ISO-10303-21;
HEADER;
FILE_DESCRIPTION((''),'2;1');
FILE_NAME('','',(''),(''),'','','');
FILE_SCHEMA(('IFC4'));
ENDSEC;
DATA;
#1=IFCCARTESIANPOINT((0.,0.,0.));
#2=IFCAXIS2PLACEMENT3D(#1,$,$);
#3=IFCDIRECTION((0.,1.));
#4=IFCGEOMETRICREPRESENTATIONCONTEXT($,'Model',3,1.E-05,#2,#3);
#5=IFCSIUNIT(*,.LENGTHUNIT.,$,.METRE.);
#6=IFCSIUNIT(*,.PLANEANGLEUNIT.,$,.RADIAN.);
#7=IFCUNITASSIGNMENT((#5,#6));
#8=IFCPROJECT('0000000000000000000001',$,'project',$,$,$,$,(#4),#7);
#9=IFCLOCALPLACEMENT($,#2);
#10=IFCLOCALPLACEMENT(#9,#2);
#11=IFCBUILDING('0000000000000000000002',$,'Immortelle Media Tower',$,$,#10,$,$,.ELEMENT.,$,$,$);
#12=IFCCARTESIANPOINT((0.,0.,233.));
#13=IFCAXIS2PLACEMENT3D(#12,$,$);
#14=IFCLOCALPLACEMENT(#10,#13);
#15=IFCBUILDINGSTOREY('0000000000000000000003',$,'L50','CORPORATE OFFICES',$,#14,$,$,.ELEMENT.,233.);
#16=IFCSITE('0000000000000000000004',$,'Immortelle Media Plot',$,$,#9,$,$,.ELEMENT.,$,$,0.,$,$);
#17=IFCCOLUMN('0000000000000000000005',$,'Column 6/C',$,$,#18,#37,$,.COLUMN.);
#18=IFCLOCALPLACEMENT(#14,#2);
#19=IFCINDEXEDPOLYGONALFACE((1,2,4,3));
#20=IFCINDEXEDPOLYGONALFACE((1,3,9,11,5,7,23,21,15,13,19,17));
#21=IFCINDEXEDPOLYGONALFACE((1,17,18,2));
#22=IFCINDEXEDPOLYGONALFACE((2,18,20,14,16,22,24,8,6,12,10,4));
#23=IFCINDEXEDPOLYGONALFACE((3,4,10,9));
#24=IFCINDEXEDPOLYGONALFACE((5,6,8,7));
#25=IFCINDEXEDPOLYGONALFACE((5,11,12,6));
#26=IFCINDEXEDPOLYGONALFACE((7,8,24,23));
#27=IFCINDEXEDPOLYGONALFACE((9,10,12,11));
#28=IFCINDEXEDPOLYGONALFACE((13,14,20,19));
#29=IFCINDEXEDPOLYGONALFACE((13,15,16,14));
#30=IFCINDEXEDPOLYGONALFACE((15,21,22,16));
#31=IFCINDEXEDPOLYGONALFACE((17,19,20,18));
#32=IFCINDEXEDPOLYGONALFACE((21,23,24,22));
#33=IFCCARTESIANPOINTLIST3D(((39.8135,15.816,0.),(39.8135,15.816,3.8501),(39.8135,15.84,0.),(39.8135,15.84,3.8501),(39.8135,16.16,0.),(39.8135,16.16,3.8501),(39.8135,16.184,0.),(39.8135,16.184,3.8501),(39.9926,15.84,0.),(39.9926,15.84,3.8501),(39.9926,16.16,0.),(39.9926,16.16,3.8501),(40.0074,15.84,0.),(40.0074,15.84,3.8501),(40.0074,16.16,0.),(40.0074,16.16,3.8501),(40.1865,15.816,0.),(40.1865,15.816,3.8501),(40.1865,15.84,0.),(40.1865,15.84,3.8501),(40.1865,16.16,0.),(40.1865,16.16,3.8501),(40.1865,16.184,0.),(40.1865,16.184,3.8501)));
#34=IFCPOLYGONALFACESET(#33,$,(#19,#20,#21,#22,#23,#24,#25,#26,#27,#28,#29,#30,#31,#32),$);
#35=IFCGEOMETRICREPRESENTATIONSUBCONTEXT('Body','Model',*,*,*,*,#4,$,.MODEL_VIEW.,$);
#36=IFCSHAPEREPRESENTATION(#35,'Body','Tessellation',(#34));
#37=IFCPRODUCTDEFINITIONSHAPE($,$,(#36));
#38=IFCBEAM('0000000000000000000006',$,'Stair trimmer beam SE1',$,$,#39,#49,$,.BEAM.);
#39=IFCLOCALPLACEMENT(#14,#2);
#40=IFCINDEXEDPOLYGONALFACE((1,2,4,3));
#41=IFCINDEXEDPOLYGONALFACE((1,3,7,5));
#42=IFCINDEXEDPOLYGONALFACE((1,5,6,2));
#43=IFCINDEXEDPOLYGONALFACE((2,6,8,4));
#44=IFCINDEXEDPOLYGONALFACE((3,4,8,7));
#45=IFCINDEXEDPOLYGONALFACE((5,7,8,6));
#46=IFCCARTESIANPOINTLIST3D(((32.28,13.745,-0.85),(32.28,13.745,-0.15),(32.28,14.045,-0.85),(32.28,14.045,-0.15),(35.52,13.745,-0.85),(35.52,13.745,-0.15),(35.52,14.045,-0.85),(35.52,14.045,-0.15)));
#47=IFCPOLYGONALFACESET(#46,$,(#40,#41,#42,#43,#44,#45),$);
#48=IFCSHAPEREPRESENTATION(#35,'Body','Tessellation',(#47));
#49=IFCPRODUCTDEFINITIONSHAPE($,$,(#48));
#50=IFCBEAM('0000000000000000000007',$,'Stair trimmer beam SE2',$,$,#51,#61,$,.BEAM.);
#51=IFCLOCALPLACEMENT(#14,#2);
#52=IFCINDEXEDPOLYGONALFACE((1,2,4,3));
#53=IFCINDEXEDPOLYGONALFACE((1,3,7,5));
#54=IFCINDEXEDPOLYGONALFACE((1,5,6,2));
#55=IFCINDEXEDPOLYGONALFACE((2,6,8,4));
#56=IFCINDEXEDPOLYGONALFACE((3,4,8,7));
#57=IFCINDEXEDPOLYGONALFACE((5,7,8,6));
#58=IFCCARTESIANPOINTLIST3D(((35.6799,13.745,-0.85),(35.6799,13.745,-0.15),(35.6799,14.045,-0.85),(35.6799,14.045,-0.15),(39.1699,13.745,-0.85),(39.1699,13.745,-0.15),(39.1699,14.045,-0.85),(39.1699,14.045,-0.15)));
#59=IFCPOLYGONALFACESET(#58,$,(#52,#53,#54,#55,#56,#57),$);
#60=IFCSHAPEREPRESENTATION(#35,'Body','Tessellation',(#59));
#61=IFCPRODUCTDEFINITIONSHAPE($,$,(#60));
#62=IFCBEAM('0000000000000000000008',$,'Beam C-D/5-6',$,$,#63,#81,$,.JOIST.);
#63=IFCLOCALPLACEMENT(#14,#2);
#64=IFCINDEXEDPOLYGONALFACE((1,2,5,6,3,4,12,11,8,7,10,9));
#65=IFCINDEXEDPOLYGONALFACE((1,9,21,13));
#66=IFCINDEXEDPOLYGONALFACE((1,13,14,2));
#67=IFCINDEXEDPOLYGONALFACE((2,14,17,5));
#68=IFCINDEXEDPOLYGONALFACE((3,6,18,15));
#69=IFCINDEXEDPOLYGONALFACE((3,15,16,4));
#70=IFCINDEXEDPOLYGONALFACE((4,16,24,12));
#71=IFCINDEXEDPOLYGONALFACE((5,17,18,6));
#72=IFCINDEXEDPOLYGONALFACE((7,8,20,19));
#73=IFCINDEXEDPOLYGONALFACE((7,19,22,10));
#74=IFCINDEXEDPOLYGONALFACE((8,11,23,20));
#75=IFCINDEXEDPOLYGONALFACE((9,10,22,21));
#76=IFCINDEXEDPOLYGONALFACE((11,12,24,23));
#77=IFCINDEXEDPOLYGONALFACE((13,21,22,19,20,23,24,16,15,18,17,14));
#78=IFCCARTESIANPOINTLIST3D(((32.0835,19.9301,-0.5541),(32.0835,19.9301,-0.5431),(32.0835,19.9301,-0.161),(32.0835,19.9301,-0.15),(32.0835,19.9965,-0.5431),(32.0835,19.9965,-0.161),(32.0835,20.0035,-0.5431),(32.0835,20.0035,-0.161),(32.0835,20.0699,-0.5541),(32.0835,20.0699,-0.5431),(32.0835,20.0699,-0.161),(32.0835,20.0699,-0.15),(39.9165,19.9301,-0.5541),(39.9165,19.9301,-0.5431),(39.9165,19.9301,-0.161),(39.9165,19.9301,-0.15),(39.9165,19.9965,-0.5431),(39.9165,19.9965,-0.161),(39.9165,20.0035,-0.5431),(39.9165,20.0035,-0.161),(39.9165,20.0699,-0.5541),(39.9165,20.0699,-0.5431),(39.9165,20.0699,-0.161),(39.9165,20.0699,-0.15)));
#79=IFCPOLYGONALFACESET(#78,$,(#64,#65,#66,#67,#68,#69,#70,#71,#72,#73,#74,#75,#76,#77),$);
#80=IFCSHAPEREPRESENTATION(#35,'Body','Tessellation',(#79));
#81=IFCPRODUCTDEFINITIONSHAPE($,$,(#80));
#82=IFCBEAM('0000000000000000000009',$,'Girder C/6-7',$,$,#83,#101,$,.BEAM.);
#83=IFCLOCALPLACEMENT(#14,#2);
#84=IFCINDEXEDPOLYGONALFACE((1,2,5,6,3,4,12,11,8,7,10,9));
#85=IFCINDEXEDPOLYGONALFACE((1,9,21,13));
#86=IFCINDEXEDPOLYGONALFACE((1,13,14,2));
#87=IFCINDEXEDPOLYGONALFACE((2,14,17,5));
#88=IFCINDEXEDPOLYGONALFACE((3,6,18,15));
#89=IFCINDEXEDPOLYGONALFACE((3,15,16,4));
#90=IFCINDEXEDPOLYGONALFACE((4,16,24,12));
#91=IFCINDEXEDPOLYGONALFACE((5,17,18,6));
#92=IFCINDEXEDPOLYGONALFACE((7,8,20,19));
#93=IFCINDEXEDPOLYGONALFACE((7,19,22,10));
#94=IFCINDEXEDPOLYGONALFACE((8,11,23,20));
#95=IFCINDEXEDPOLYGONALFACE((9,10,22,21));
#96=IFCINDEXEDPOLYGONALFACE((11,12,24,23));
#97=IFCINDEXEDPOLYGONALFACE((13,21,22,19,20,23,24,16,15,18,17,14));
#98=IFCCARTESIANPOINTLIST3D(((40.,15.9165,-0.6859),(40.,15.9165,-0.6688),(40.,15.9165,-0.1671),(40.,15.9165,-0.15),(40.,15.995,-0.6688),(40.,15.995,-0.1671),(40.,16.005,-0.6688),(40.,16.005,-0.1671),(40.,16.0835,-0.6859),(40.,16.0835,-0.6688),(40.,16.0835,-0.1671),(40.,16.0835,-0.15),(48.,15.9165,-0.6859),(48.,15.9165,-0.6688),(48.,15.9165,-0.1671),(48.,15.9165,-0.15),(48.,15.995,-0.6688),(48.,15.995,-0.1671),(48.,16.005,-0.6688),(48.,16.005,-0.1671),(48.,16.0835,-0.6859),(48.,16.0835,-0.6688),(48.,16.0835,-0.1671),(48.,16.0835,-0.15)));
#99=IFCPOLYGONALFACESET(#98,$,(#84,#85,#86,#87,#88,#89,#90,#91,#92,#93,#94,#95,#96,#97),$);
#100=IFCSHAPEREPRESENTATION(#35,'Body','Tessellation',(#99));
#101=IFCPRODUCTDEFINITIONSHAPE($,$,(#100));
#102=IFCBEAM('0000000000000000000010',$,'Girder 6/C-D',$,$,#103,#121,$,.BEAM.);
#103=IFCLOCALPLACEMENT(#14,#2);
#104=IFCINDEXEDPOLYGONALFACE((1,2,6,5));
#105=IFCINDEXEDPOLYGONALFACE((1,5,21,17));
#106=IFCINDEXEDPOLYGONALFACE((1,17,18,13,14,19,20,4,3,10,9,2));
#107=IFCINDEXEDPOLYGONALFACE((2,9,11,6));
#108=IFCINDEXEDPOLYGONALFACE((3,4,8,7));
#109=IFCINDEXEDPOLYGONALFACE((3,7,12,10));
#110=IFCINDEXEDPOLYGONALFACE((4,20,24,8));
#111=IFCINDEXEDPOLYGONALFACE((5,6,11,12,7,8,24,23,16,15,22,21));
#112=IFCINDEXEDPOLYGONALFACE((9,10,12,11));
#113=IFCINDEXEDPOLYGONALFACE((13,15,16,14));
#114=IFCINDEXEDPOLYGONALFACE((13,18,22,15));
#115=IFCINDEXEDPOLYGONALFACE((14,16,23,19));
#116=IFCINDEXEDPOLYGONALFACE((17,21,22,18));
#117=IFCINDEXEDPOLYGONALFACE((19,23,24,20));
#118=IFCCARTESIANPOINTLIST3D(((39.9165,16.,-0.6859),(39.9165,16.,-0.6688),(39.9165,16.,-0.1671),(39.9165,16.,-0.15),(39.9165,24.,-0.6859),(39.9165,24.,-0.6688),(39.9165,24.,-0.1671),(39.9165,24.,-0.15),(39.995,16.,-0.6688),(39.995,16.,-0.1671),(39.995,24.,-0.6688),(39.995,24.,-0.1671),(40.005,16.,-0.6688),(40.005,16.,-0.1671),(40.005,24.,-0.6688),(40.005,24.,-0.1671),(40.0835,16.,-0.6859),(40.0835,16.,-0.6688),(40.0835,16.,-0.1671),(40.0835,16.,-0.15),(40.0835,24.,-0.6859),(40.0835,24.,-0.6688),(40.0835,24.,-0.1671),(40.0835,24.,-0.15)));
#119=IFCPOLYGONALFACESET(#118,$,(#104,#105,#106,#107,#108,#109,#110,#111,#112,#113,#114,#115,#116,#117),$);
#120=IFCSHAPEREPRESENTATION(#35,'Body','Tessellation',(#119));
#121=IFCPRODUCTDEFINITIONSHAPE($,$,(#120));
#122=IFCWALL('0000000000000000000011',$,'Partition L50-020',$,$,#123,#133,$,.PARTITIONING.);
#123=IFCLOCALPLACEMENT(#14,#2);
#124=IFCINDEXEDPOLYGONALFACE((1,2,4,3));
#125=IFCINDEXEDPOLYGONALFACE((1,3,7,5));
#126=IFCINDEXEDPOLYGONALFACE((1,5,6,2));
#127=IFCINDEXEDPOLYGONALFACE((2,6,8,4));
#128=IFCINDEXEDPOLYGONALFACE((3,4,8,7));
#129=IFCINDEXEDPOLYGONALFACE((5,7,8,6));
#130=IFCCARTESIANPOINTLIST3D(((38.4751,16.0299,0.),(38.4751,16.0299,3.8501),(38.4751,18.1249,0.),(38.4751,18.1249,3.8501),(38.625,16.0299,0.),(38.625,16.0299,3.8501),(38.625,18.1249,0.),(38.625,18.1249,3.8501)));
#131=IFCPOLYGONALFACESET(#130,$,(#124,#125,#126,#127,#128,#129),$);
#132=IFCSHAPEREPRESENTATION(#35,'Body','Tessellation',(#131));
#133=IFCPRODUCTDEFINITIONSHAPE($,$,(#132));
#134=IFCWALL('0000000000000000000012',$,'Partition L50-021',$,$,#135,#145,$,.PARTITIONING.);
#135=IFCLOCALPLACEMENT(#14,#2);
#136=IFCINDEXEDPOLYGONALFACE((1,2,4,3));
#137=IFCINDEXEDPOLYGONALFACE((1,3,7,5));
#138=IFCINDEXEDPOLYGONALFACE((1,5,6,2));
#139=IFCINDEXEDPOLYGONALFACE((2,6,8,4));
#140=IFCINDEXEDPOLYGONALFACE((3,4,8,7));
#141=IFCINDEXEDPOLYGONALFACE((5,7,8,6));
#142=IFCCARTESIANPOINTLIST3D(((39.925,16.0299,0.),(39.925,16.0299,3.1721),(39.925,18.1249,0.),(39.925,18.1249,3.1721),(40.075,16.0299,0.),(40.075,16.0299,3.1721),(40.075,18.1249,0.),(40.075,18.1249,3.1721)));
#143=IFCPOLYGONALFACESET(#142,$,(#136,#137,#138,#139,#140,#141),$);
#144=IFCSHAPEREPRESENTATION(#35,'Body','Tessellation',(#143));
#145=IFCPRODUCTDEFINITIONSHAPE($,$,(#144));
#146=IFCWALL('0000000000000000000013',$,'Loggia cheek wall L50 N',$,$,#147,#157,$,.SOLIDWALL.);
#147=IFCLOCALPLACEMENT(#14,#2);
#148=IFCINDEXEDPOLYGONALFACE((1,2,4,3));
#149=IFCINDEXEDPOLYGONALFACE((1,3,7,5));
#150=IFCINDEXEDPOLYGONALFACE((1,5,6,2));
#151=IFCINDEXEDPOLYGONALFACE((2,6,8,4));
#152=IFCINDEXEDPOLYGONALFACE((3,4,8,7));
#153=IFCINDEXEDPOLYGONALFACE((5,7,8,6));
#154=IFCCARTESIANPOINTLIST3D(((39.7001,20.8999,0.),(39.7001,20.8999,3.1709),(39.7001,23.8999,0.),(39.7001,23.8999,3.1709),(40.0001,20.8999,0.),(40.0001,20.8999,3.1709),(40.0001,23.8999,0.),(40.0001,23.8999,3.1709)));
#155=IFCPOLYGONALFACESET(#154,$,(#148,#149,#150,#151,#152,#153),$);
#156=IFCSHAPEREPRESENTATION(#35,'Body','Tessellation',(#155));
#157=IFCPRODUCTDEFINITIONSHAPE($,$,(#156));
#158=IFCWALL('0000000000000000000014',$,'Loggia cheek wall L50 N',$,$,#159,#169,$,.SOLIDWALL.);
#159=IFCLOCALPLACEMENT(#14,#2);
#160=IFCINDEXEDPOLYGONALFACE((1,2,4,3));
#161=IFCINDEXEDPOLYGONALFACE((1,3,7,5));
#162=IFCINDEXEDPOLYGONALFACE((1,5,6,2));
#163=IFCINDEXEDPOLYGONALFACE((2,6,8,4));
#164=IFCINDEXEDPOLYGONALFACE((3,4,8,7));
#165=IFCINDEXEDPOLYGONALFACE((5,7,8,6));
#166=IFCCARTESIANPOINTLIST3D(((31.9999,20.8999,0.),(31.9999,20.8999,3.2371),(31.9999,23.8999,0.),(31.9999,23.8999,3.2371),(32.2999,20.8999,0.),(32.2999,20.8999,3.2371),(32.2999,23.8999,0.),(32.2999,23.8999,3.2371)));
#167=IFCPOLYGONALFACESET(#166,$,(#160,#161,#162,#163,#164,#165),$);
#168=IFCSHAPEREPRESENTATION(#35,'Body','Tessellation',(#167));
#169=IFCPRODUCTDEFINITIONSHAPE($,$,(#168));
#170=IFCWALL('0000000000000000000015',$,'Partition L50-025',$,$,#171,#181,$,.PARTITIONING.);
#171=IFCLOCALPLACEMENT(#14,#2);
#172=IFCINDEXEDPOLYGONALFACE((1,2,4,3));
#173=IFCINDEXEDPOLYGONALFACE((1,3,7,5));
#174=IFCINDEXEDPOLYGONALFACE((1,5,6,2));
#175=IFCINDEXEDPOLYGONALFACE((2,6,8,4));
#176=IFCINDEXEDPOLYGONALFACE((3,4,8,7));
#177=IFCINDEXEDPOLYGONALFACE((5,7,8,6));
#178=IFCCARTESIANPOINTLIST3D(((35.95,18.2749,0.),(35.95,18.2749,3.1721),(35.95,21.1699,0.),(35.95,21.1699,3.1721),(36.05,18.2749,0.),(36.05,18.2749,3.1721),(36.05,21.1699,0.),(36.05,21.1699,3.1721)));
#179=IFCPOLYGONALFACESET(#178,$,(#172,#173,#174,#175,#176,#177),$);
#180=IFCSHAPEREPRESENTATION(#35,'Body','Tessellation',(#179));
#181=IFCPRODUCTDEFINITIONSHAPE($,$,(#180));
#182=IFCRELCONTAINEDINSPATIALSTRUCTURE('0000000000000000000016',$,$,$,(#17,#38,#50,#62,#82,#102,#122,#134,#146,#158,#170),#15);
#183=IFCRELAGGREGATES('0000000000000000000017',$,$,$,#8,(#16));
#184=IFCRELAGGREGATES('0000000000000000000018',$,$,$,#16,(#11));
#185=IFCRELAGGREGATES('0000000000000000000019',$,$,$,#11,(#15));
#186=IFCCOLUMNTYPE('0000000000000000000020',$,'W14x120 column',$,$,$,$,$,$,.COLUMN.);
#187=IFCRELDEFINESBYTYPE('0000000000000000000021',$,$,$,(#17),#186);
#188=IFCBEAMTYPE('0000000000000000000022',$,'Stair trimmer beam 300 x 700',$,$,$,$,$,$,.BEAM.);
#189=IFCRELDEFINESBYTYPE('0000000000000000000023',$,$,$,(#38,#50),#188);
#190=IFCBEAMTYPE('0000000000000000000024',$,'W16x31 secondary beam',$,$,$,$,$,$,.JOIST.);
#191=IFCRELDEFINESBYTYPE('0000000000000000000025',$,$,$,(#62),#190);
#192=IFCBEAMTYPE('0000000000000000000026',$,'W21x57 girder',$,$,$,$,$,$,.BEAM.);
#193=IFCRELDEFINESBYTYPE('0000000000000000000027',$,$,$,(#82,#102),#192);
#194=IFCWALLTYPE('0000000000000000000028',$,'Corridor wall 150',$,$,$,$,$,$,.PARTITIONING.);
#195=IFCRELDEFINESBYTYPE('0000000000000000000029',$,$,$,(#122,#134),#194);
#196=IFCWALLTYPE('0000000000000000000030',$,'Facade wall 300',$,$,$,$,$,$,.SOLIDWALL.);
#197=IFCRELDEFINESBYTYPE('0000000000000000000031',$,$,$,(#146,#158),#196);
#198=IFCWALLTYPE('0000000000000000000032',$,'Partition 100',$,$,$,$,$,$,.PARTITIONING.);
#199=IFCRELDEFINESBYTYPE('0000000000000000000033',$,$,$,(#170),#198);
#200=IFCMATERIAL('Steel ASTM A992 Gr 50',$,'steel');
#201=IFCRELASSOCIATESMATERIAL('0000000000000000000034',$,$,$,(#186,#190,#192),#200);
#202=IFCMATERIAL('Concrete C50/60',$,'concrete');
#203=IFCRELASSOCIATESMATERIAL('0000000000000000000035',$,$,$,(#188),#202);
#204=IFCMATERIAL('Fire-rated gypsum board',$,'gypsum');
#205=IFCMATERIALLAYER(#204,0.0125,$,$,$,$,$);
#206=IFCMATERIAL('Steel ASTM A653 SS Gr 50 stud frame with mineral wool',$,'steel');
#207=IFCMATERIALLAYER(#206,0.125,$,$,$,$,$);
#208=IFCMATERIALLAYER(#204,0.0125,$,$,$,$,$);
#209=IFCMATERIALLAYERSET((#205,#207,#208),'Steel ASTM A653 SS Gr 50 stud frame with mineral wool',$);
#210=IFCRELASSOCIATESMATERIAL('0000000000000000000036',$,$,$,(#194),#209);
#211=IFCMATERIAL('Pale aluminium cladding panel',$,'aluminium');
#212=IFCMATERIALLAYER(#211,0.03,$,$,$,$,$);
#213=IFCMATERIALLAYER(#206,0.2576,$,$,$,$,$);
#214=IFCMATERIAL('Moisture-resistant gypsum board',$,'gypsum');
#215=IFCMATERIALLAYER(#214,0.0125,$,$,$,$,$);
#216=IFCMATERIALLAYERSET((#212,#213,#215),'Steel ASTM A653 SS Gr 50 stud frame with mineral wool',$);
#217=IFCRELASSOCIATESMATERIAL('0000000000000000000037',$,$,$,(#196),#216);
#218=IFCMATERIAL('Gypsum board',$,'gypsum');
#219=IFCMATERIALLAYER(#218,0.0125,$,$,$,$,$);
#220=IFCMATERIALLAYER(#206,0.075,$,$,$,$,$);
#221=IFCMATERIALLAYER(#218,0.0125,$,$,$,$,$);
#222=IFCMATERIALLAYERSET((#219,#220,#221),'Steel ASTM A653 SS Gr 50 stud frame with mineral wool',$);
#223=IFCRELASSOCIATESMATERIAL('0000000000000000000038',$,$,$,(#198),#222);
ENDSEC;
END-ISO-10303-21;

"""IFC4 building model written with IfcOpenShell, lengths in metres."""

from ifc_helpers import new_model, si_unit, direction, frame, frame_2d, origin, origin_2d, place, context, subcontext, project, spatial, rectangle, i_section, extrude, material, layer, layer_set, material_profile, profile_set, type_object, element, save


model = new_model("IFC4")

# Units and contexts
model_context = context("Model", 3, precision=1e-05, world=origin(), true_north=direction((0.0, 1.0)))
body_context = subcontext(model_context, "Body", "Model", "MODEL_VIEW")
ifc_project = project(units=[si_unit("LENGTHUNIT", "METRE"), si_unit("PLANEANGLEUNIT", "RADIAN")], contexts=[model_context])

# Site, building, storey
site_placement = place(None, origin())
site = spatial("IfcSite", under=ifc_project, at=site_placement, Name="Immortelle Media Plot", CompositionType="ELEMENT", RefElevation=0.0)
building_placement = place(site_placement, origin())
building = spatial("IfcBuilding", under=site, at=building_placement, Name="Immortelle Media Tower", CompositionType="ELEMENT")
storey_placement = place(building_placement, frame((0.0, 0.0, 233.0)))
storey = spatial("IfcBuildingStorey", under=building, at=storey_placement, Name="L50", Description="CORPORATE OFFICES", CompositionType="ELEMENT", Elevation=233.0)

# Column
ifc_material_1 = material(Name="Steel ASTM A992 Gr 50", Category="steel")
ifc_material_profile_1 = material_profile(ifc_material_1, i_section(OverallWidth=0.373, OverallDepth=0.3679, WebThickness=0.0149, FlangeThickness=0.0239, at=origin_2d()), Name="W14x120")
ifc_profile_set_1 = profile_set([ifc_material_profile_1], Name="Steel ASTM A992 Gr 50")
column_type = type_object("IfcColumnType", Name="W14x120 column", PredefinedType="COLUMN", material=ifc_profile_set_1)
column_placement = place(storey_placement, frame((40.0, 16.0, 0.0), z_axis=(0.0, 0.0, 1.0), x_axis=(1.0, 0.0, 0.0)))
element("IfcColumn", 1, at=column_placement, inside=storey, type_object=column_type, Name="Column 6/C", PredefinedType="COLUMN", context=body_context, shape_type="SweptSolid", body=[
    extrude(i_section(OverallWidth=0.373, OverallDepth=0.3679, WebThickness=0.0149, FlangeThickness=0.0239, at=origin_2d()), origin(), (0.0, 0.0, 1.0), 3.8501),
])

# Beams
ifc_material_2 = material(Name="Concrete C50/60", Category="concrete")
ifc_material_profile_2 = material_profile(ifc_material_2, rectangle(XDim=0.3, YDim=0.7, at=origin_2d()), Name="RC 300x700")
ifc_profile_set_2 = profile_set([ifc_material_profile_2], Name="Concrete C50/60")
beam_type_1 = type_object("IfcBeamType", Name="Stair trimmer beam 300 x 700", PredefinedType="BEAM", material=ifc_profile_set_2)
beam_1_placement = place(storey_placement, frame((32.28, 13.895, -0.5), z_axis=(1.0, 0.0, 0.0), x_axis=(0.0, 1.0, 0.0)))
element("IfcBeam", 2, at=beam_1_placement, inside=storey, type_object=beam_type_1, Name="Stair trimmer beam SE1", PredefinedType="BEAM", context=body_context, shape_type="SweptSolid", body=[
    extrude(rectangle(XDim=0.3, YDim=0.7, at=origin_2d()), origin(), (0.0, 0.0, 1.0), 3.24),
])
beam_2_placement = place(storey_placement, frame((35.6799, 13.895, -0.5), z_axis=(1.0, 0.0, 0.0), x_axis=(0.0, 1.0, 0.0)))
element("IfcBeam", 3, at=beam_2_placement, inside=storey, type_object=beam_type_1, Name="Stair trimmer beam SE2", PredefinedType="BEAM", context=body_context, shape_type="SweptSolid", body=[
    extrude(rectangle(XDim=0.3, YDim=0.7, at=origin_2d()), origin(), (0.0, 0.0, 1.0), 3.49),
])
ifc_material_profile_3 = material_profile(ifc_material_1, i_section(OverallWidth=0.1399, OverallDepth=0.4041, WebThickness=0.0071, FlangeThickness=0.011, at=origin_2d()), Name="W16x31")
ifc_profile_set_3 = profile_set([ifc_material_profile_3], Name="Steel ASTM A992 Gr 50")
beam_type_2 = type_object("IfcBeamType", Name="W16x31 secondary beam", PredefinedType="JOIST", material=ifc_profile_set_3)
beam_3_placement = place(storey_placement, frame((32.0835, 20.0, -0.3521), z_axis=(1.0, 0.0, 0.0), x_axis=(0.0, 1.0, 0.0)))
element("IfcBeam", 4, at=beam_3_placement, inside=storey, type_object=beam_type_2, Name="Beam C-D/5-6", PredefinedType="JOIST", context=body_context, shape_type="SweptSolid", body=[
    extrude(i_section(OverallWidth=0.1399, OverallDepth=0.4041, WebThickness=0.0071, FlangeThickness=0.011, at=origin_2d()), origin(), (0.0, 0.0, 1.0), 7.833),
])
ifc_material_profile_4 = material_profile(ifc_material_1, i_section(OverallWidth=0.167, OverallDepth=0.5359, WebThickness=0.01, FlangeThickness=0.0171, at=origin_2d()), Name="W21x57")
ifc_profile_set_4 = profile_set([ifc_material_profile_4], Name="Steel ASTM A992 Gr 50")
beam_type_3 = type_object("IfcBeamType", Name="W21x57 girder", PredefinedType="BEAM", material=ifc_profile_set_4)
for number, where, z_axis, x_axis, name in (
    (5, (40.0, 16.0, -0.418), (1.0, 0.0, 0.0), (0.0, 1.0, 0.0), "Girder C/6-7"),
    (6, (40.0, 16.0, -0.418), (0.0, 1.0, 0.0), (-1.0, 0.0, 0.0), "Girder 6/C-D"),
):
    element("IfcBeam", number, at=place(storey_placement, frame(where, z_axis=z_axis, x_axis=x_axis)), inside=storey, type_object=beam_type_3, Name=name, PredefinedType="BEAM", context=body_context, shape_type="SweptSolid", body=[
        extrude(i_section(OverallWidth=0.167, OverallDepth=0.5359, WebThickness=0.01, FlangeThickness=0.0171, at=origin_2d()), origin(), (0.0, 0.0, 1.0), 8.0),
    ])

# Walls
ifc_material_3 = material(Name="Fire-rated gypsum board", Category="gypsum")
ifc_layer_1 = layer(ifc_material_3, 0.0125)
ifc_material_4 = material(Name="Steel ASTM A653 SS Gr 50 stud frame with mineral wool", Category="steel")
ifc_layer_2 = layer(ifc_material_4, 0.125)
ifc_layer_3 = layer(ifc_material_3, 0.0125)
ifc_layer_set_1 = layer_set([ifc_layer_1, ifc_layer_2, ifc_layer_3], Name="Steel ASTM A653 SS Gr 50 stud frame with mineral wool")
wall_type_1 = type_object("IfcWallType", Name="Corridor wall 150", PredefinedType="PARTITIONING", material=ifc_layer_set_1)
wall_1_placement = place(storey_placement, frame((38.55, 16.03, 0.0), z_axis=(0.0, 0.0, 1.0), x_axis=(0.0, 1.0, 0.0)))
element("IfcWall", 7, at=wall_1_placement, inside=storey, type_object=wall_type_1, Name="Partition L50-020", PredefinedType="PARTITIONING", context=body_context, shape_type="SweptSolid", body=[
    extrude(rectangle(XDim=2.095, YDim=0.1499, at=frame_2d((1.0474, 0.0))), origin(), (0.0, 0.0, 1.0), 3.8501),
])
wall_2_placement = place(storey_placement, frame((40.0, 16.03, 0.0), z_axis=(0.0, 0.0, 1.0), x_axis=(0.0, 1.0, 0.0)))
element("IfcWall", 8, at=wall_2_placement, inside=storey, type_object=wall_type_1, Name="Partition L50-021", PredefinedType="PARTITIONING", context=body_context, shape_type="SweptSolid", body=[
    extrude(rectangle(XDim=2.095, YDim=0.1499, at=frame_2d((1.0474, 0.0))), origin(), (0.0, 0.0, 1.0), 3.1721),
])

# Shared definitions
ifc_material_5 = material(Name="Pale aluminium cladding panel", Category="aluminium")
ifc_layer_4 = layer(ifc_material_5, 0.03)
ifc_layer_5 = layer(ifc_material_4, 0.2576)
ifc_material_6 = material(Name="Moisture-resistant gypsum board", Category="gypsum")
ifc_layer_6 = layer(ifc_material_6, 0.0125)
ifc_layer_set_2 = layer_set([ifc_layer_4, ifc_layer_5, ifc_layer_6], Name="Steel ASTM A653 SS Gr 50 stud frame with mineral wool")
wall_type_2 = type_object("IfcWallType", Name="Facade wall 300", PredefinedType="SOLIDWALL", material=ifc_layer_set_2)

# Walls
wall_3_placement = place(storey_placement, frame((39.8501, 23.8999, 0.0), z_axis=(0.0, 0.0, 1.0), x_axis=(0.0, -1.0, 0.0)))
element("IfcWall", 9, at=wall_3_placement, inside=storey, type_object=wall_type_2, Name="Loggia cheek wall L50 N", PredefinedType="SOLIDWALL", context=body_context, shape_type="SweptSolid", body=[
    extrude(rectangle(XDim=3.0, YDim=0.3, at=frame_2d((1.5, 0.0))), origin(), (0.0, 0.0, 1.0), 3.1709),
])
wall_4_placement = place(storey_placement, frame((32.1499, 23.8999, 0.0), z_axis=(0.0, 0.0, 1.0), x_axis=(0.0, -1.0, 0.0)))
element("IfcWall", 10, at=wall_4_placement, inside=storey, type_object=wall_type_2, Name="Loggia cheek wall L50 N", PredefinedType="SOLIDWALL", context=body_context, shape_type="SweptSolid", body=[
    extrude(rectangle(XDim=3.0, YDim=0.3, at=frame_2d((1.5, 0.0))), origin(), (0.0, 0.0, 1.0), 3.2371),
])
ifc_material_7 = material(Name="Gypsum board", Category="gypsum")
ifc_layer_7 = layer(ifc_material_7, 0.0125)
ifc_layer_8 = layer(ifc_material_4, 0.075)
ifc_layer_9 = layer(ifc_material_7, 0.0125)
ifc_layer_set_3 = layer_set([ifc_layer_7, ifc_layer_8, ifc_layer_9], Name="Steel ASTM A653 SS Gr 50 stud frame with mineral wool")
wall_type_3 = type_object("IfcWallType", Name="Partition 100", PredefinedType="PARTITIONING", material=ifc_layer_set_3)
wall_5_placement = place(storey_placement, frame((36.0, 18.2749, 0.0), z_axis=(0.0, 0.0, 1.0), x_axis=(0.0, 1.0, 0.0)))
element("IfcWall", 11, at=wall_5_placement, inside=storey, type_object=wall_type_3, Name="Partition L50-025", PredefinedType="PARTITIONING", context=body_context, shape_type="SweptSolid", body=[
    extrude(rectangle(XDim=2.895, YDim=0.1001, at=frame_2d((1.4475, 0.0))), origin(), (0.0, 0.0, 1.0), 3.1721),
])

save(model, "model.ifc")
